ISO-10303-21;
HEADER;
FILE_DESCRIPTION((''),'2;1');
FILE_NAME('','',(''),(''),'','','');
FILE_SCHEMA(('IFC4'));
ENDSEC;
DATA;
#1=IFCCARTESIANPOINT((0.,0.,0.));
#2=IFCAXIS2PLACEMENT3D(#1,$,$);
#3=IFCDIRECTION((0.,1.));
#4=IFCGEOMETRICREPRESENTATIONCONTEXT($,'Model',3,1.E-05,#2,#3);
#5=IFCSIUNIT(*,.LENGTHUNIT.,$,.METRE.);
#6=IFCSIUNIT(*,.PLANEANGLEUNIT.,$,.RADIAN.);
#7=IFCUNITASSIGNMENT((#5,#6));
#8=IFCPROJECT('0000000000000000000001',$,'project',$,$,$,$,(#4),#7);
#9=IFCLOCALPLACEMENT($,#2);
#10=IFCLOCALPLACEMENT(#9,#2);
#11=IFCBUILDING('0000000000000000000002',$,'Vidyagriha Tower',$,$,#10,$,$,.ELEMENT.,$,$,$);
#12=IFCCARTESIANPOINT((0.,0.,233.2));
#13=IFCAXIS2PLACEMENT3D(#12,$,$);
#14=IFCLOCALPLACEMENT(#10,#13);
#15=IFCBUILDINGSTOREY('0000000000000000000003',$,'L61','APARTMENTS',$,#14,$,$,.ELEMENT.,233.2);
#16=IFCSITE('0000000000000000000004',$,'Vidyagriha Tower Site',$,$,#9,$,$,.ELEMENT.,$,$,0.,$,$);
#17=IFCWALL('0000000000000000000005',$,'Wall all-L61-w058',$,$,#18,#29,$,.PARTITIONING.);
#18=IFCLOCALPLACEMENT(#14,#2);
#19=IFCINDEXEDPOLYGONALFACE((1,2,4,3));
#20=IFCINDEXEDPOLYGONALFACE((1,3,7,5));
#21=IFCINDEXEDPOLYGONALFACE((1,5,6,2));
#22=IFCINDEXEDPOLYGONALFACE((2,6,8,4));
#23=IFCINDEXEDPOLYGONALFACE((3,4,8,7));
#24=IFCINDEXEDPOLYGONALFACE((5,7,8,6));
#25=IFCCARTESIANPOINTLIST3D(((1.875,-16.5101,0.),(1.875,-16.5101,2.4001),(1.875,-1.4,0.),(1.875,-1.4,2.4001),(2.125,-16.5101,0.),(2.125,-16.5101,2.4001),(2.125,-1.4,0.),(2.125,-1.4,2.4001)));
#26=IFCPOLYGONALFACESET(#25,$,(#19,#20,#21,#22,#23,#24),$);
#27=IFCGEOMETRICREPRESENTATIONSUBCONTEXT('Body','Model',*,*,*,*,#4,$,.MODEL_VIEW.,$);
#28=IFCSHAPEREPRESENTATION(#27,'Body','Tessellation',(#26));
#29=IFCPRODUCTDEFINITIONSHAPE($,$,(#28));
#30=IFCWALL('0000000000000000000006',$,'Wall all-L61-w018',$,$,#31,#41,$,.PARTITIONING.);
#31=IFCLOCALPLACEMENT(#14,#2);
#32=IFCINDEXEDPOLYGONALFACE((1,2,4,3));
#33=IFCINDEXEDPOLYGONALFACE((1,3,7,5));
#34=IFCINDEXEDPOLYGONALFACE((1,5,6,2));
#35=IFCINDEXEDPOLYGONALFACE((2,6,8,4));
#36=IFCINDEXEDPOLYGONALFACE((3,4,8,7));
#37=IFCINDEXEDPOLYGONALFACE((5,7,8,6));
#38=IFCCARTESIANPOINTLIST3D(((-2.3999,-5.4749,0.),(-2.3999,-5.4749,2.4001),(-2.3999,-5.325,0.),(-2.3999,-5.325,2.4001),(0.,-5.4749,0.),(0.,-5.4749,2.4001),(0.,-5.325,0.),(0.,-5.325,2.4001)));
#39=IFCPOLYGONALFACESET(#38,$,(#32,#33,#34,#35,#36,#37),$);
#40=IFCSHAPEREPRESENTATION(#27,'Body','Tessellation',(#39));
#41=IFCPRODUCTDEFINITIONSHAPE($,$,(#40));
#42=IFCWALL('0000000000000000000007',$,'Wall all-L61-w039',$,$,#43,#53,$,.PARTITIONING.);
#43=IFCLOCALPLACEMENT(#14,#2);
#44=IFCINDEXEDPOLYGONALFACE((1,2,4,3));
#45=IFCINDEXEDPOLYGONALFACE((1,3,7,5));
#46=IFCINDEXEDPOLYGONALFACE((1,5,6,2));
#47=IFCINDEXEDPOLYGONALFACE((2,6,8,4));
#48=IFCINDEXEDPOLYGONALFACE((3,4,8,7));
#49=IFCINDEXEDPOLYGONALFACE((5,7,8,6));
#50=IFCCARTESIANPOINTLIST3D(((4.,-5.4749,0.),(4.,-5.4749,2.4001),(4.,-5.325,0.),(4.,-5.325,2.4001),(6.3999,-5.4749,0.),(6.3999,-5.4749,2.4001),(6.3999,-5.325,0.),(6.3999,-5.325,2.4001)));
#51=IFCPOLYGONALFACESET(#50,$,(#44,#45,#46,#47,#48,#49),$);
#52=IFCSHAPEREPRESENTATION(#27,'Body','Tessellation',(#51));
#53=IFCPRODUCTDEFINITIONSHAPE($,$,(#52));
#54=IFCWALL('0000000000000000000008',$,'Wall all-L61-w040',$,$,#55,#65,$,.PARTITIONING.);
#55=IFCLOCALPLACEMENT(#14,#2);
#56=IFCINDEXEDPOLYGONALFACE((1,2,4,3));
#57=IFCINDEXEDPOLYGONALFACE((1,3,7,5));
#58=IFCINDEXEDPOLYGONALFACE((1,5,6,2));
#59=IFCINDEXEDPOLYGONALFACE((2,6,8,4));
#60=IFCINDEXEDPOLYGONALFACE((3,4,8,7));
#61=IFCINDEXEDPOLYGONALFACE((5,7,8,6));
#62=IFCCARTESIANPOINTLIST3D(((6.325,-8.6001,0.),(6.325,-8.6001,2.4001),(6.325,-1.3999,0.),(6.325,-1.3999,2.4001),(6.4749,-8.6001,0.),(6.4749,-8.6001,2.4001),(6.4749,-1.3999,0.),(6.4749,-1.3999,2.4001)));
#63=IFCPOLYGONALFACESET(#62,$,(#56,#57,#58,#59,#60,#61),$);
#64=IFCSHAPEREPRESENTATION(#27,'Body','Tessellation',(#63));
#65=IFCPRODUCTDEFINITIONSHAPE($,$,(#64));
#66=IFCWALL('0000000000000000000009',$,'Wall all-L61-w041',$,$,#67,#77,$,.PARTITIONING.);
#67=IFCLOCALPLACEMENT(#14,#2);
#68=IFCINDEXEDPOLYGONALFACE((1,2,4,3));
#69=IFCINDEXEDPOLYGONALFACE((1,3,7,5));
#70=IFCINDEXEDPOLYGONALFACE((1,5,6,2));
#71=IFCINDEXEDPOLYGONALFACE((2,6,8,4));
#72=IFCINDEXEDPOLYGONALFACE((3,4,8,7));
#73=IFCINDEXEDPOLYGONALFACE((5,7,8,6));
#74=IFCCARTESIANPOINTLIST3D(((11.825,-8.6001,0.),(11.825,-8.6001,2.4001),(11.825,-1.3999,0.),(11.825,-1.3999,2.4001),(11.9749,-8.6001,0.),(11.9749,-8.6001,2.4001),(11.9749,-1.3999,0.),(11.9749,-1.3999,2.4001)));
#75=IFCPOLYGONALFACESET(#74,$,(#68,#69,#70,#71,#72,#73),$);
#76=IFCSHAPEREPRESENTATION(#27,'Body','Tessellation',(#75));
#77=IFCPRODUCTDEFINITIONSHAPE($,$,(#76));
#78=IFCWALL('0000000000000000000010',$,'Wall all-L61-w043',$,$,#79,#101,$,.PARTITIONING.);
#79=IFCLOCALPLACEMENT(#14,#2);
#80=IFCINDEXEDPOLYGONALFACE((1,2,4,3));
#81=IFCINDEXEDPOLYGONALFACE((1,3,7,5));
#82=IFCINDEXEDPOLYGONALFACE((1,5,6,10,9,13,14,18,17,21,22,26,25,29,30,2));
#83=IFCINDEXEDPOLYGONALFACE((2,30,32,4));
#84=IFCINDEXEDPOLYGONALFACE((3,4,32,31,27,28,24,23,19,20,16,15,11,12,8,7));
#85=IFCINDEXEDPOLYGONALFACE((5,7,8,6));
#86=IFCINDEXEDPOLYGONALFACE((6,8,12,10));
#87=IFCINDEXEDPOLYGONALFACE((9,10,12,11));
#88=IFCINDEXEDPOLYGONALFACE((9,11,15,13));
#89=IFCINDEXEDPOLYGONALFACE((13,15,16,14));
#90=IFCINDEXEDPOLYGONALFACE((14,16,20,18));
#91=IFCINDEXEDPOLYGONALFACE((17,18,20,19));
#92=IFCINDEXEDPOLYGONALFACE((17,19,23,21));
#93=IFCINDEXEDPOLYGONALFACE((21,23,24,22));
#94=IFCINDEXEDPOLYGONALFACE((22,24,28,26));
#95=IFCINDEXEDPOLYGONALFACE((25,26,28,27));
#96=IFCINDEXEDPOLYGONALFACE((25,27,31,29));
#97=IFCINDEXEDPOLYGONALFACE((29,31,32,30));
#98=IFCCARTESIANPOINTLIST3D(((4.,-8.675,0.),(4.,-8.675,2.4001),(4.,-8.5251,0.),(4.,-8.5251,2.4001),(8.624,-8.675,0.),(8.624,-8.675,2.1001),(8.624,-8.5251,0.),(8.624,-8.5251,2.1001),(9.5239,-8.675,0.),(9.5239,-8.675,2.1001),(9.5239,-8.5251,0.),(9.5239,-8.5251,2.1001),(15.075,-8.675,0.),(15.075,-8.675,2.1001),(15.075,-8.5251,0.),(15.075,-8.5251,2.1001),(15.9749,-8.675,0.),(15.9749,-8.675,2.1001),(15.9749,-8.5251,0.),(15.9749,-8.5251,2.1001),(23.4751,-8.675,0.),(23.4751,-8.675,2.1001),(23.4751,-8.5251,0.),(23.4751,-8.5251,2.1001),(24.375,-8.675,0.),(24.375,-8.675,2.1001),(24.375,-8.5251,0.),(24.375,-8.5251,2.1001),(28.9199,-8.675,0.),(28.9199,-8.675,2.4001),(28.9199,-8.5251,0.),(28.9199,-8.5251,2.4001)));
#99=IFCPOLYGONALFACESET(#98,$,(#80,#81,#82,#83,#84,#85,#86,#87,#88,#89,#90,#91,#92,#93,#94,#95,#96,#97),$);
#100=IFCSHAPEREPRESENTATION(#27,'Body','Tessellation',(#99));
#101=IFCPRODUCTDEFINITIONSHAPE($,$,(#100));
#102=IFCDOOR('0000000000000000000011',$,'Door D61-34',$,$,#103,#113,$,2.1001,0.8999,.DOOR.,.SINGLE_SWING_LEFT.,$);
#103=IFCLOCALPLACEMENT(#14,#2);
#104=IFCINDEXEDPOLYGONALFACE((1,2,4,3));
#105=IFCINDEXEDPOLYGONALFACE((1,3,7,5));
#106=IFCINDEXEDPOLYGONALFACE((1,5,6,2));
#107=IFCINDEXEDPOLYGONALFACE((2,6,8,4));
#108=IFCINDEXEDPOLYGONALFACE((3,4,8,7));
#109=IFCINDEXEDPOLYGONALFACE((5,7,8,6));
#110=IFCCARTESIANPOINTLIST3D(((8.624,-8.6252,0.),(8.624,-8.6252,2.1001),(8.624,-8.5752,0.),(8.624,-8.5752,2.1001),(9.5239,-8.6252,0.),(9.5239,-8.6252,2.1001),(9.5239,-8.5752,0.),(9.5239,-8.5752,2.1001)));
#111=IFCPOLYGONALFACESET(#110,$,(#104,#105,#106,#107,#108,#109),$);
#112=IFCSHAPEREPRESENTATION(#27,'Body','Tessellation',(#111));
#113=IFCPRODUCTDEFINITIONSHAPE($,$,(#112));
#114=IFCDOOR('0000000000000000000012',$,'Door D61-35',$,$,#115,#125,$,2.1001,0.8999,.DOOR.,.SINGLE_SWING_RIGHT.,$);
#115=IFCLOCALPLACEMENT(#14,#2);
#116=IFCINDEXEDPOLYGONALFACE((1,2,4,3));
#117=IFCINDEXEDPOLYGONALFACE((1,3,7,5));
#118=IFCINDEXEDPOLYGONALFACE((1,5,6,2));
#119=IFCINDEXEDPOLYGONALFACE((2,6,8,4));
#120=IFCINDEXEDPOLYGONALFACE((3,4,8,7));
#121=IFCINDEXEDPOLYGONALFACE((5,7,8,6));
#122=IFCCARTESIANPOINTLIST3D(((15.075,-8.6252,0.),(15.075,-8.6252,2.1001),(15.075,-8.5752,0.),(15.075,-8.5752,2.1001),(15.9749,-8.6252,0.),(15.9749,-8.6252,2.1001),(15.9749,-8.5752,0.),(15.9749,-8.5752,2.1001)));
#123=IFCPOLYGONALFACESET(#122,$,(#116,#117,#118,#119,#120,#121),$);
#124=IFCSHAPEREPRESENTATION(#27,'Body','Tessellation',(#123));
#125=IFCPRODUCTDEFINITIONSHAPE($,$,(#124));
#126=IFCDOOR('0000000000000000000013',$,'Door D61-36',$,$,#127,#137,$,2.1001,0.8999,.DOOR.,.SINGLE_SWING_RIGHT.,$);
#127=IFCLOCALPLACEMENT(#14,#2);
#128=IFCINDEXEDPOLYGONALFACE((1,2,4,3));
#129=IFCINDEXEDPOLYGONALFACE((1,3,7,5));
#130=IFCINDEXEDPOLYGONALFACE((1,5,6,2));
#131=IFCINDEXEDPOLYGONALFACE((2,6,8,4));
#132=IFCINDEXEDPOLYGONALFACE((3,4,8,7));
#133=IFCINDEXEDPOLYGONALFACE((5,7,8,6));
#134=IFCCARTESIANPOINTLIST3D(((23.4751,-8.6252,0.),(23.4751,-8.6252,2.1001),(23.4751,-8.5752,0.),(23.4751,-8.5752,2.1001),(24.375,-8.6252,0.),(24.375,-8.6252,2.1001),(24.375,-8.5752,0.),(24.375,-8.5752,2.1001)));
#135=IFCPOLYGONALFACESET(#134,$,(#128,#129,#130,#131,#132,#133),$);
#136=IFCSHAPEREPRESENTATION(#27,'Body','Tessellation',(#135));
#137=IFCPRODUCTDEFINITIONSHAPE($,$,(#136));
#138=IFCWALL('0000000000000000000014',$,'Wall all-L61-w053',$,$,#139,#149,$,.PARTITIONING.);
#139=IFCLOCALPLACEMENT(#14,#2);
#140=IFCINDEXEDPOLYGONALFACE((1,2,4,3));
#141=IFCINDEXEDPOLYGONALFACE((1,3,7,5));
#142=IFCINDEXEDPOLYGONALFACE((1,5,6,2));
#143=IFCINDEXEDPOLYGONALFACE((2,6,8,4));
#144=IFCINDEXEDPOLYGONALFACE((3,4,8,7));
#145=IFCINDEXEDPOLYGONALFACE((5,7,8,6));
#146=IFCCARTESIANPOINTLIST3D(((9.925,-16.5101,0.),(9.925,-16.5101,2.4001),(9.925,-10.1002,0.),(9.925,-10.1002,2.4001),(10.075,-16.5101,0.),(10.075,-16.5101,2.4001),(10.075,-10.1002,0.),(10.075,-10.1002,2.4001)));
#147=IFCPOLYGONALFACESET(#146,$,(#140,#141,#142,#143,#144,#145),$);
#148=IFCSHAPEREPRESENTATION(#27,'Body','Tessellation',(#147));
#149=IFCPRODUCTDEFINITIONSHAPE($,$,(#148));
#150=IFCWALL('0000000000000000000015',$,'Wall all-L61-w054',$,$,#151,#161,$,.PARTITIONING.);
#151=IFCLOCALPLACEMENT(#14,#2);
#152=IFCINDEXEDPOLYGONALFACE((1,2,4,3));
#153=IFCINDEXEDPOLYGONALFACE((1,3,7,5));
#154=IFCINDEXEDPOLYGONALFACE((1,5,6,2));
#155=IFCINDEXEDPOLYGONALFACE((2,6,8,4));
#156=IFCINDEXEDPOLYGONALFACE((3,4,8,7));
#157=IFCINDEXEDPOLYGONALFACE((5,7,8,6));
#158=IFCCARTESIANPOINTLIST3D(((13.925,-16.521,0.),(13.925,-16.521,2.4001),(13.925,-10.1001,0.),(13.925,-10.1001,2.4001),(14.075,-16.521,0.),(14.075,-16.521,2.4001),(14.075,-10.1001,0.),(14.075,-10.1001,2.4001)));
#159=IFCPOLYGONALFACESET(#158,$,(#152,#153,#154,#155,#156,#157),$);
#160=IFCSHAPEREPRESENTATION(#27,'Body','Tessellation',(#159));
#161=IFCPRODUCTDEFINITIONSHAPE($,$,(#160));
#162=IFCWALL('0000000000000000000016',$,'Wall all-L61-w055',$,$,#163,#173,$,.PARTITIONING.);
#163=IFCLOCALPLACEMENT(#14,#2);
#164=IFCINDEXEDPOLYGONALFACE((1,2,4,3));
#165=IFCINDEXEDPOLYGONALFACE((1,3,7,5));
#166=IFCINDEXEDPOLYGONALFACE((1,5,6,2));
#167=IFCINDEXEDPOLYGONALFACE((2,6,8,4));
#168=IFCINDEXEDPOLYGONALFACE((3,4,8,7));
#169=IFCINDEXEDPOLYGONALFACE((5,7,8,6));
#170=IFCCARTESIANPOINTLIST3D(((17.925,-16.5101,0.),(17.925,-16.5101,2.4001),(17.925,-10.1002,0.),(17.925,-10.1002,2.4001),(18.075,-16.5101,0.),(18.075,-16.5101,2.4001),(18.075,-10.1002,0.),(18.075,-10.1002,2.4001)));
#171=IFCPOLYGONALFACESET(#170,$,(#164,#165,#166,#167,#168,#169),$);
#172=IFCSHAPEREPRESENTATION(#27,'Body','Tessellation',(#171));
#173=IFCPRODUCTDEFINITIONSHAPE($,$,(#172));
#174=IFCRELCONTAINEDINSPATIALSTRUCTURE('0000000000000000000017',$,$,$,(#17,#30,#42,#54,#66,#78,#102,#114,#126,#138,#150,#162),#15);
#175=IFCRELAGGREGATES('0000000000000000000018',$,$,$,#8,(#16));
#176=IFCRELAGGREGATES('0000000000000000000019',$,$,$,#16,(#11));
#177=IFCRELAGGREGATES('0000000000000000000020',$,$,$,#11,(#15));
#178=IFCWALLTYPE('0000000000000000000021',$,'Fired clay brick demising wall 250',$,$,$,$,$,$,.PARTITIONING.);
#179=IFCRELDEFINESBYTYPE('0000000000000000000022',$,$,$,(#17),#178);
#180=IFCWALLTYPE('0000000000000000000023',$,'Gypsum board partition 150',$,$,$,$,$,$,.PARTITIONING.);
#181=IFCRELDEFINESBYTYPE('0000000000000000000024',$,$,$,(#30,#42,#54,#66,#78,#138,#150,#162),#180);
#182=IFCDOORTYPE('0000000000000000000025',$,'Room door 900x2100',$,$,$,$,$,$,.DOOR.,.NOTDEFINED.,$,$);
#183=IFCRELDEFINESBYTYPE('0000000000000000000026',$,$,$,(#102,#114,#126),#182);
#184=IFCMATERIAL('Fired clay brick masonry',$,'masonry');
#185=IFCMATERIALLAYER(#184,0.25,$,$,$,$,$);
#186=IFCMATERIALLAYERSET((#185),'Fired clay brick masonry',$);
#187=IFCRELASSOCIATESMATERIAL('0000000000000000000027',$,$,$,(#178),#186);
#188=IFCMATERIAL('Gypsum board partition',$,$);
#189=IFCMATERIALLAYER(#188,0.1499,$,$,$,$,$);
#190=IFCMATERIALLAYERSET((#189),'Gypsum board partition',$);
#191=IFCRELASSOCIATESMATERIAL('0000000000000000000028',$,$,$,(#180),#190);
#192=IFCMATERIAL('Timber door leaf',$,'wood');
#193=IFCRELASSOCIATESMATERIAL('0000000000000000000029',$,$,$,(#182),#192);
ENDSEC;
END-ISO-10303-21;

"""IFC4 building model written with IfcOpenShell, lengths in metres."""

from ifc_helpers import new_model, si_unit, direction, frame, frame_2d, origin, place, context, subcontext, project, spatial, rectangle, extrude, material, layer, layer_set, type_object, element, fill, save


model = new_model("IFC4")

# Units and contexts
model_context = context("Model", 3, precision=1e-05, world=origin(), true_north=direction((0.0, 1.0)))
body_context = subcontext(model_context, "Body", "Model", "MODEL_VIEW")
ifc_project = project(units=[si_unit("LENGTHUNIT", "METRE"), si_unit("PLANEANGLEUNIT", "RADIAN")], contexts=[model_context])

# Site, building, storey
site_placement = place(None, origin())
site = spatial("IfcSite", under=ifc_project, at=site_placement, Name="Vidyagriha Tower Site", CompositionType="ELEMENT", RefElevation=0.0)
building_placement = place(site_placement, origin())
building = spatial("IfcBuilding", under=site, at=building_placement, Name="Vidyagriha Tower", CompositionType="ELEMENT")
storey_placement = place(building_placement, frame((0.0, 0.0, 233.2)))
storey = spatial("IfcBuildingStorey", under=building, at=storey_placement, Name="L61", Description="APARTMENTS", CompositionType="ELEMENT", Elevation=233.2)

# Walls
ifc_material_1 = material(Name="Fired clay brick masonry", Category="masonry")
ifc_layer_1 = layer(ifc_material_1, 0.25)
ifc_layer_set_1 = layer_set([ifc_layer_1], Name="Fired clay brick masonry")
wall_type_1 = type_object("IfcWallType", Name="Fired clay brick demising wall 250", PredefinedType="PARTITIONING", material=ifc_layer_set_1)
wall_1_placement = place(storey_placement, frame((2.0, -1.3999, 0.0), z_axis=(0.0, 0.0, 1.0), x_axis=(0.0, -1.0, 0.0)))
element("IfcWall", 1, at=wall_1_placement, inside=storey, type_object=wall_type_1, Name="Wall all-L61-w058", PredefinedType="PARTITIONING", context=body_context, shape_type="SweptSolid", body=[
    extrude(rectangle(XDim=15.1101, YDim=0.25, at=frame_2d((7.5552, 0.0))), origin(), (0.0, 0.0, 1.0), 2.4001),
])
ifc_material_2 = material(Name="Gypsum board partition")
ifc_layer_2 = layer(ifc_material_2, 0.1499)
ifc_layer_set_2 = layer_set([ifc_layer_2], Name="Gypsum board partition")
wall_type_2 = type_object("IfcWallType", Name="Gypsum board partition 150", PredefinedType="PARTITIONING", material=ifc_layer_set_2)
for number, where, z_axis, x_axis, name in (
    (2, (0.0, -5.3999, 0.0), (0.0, 0.0, 1.0), (-1.0, 0.0, 0.0), "Wall all-L61-w018"),
    (3, (6.3999, -5.3999, 0.0), (0.0, 0.0, 1.0), (-1.0, 0.0, 0.0), "Wall all-L61-w039"),
):
    element("IfcWall", number, at=place(storey_placement, frame(where, z_axis=z_axis, x_axis=x_axis)), inside=storey, type_object=wall_type_2, Name=name, PredefinedType="PARTITIONING", context=body_context, shape_type="SweptSolid", body=[
        extrude(rectangle(XDim=2.3999, YDim=0.1499, at=frame_2d((1.2, 0.0))), origin(), (0.0, 0.0, 1.0), 2.4001),
    ])
for number, where, z_axis, x_axis, name in (
    (4, (6.3999, -1.3999, 0.0), (0.0, 0.0, 1.0), (0.0, -1.0, 0.0), "Wall all-L61-w040"),
    (5, (11.8999, -1.3999, 0.0), (0.0, 0.0, 1.0), (0.0, -1.0, 0.0), "Wall all-L61-w041"),
):
    element("IfcWall", number, at=place(storey_placement, frame(where, z_axis=z_axis, x_axis=x_axis)), inside=storey, type_object=wall_type_2, Name=name, PredefinedType="PARTITIONING", context=body_context, shape_type="SweptSolid", body=[
        extrude(rectangle(XDim=7.2002, YDim=0.1499, at=frame_2d((3.6001, 0.0))), origin(), (0.0, 0.0, 1.0), 2.4001),
    ])

# Wall, openings, doors
wall_2_placement = place(storey_placement, frame((4.0, -8.6001, 0.0)))
wall_2 = element("IfcWall", 6, at=wall_2_placement, inside=storey, type_object=wall_type_2, Name="Wall all-L61-w043", PredefinedType="PARTITIONING", context=body_context, shape_type="SweptSolid", body=[
    extrude(rectangle(XDim=24.9199, YDim=0.1499, at=frame_2d((12.46, 0.0))), origin(), (0.0, 0.0, 1.0), 2.4001),
])
opening_1_placement = place(wall_2_placement, frame((4.624, 0.0, 0.0)))
opening_1 = element("IfcOpeningElement", 7, at=opening_1_placement, cuts=wall_2, PredefinedType="OPENING", context=body_context, shape_type="SweptSolid", body=[
    extrude(rectangle(XDim=0.8999, YDim=2.1001, at=frame_2d((0.45, 1.05))), frame((0.0, 0.085, 0.0), z_axis=(0.0, -1.0, 0.0), x_axis=(1.0, 0.0, 0.0)), (0.0, 0.0, 1.0), 0.1699),
])
opening_2_placement = place(wall_2_placement, frame((11.075, 0.0, 0.0)))
opening_2 = element("IfcOpeningElement", 8, at=opening_2_placement, cuts=wall_2, PredefinedType="OPENING", context=body_context, shape_type="SweptSolid", body=[
    extrude(rectangle(XDim=0.8999, YDim=2.1001, at=frame_2d((0.45, 1.05))), frame((0.0, 0.085, 0.0), z_axis=(0.0, -1.0, 0.0), x_axis=(1.0, 0.0, 0.0)), (0.0, 0.0, 1.0), 0.1699),
])
opening_3_placement = place(wall_2_placement, frame((19.4751, 0.0, 0.0)))
opening_3 = element("IfcOpeningElement", 9, at=opening_3_placement, cuts=wall_2, PredefinedType="OPENING", context=body_context, shape_type="SweptSolid", body=[
    extrude(rectangle(XDim=0.8999, YDim=2.1001, at=frame_2d((0.45, 1.05))), frame((0.0, 0.085, 0.0), z_axis=(0.0, -1.0, 0.0), x_axis=(1.0, 0.0, 0.0)), (0.0, 0.0, 1.0), 0.1699),
])
ifc_material_3 = material(Name="Timber door leaf", Category="wood")
door_type_1 = type_object("IfcDoorType", Name="Room door 900x2100", OperationType="NOTDEFINED", PredefinedType="DOOR", material=ifc_material_3)
door_1_placement = place(opening_1_placement, origin())
door_1 = element("IfcDoor", 10, at=door_1_placement, inside=storey, type_object=door_type_1, Name="Door D61-34", OperationType="SINGLE_SWING_LEFT", OverallHeight=2.1001, OverallWidth=0.8999, PredefinedType="DOOR", context=body_context, shape_type="SweptSolid", body=[
    extrude(rectangle(XDim=0.8999, YDim=2.1001, at=frame_2d((0.45, 1.05))), frame((0.0, 0.0249, 0.0), z_axis=(0.0, -1.0, 0.0), x_axis=(1.0, 0.0, 0.0)), (0.0, 0.0, 1.0), 0.05),
])
fill(opening_1, door_1)
door_2_placement = place(opening_2_placement, origin())
door_2 = element("IfcDoor", 11, at=door_2_placement, inside=storey, type_object=door_type_1, Name="Door D61-35", OperationType="SINGLE_SWING_RIGHT", OverallHeight=2.1001, OverallWidth=0.8999, PredefinedType="DOOR", context=body_context, shape_type="SweptSolid", body=[
    extrude(rectangle(XDim=0.8999, YDim=2.1001, at=frame_2d((0.45, 1.05))), frame((0.0, 0.0249, 0.0), z_axis=(0.0, -1.0, 0.0), x_axis=(1.0, 0.0, 0.0)), (0.0, 0.0, 1.0), 0.05),
])
fill(opening_2, door_2)
door_3_placement = place(opening_3_placement, origin())
door_3 = element("IfcDoor", 12, at=door_3_placement, inside=storey, type_object=door_type_1, Name="Door D61-36", OperationType="SINGLE_SWING_RIGHT", OverallHeight=2.1001, OverallWidth=0.8999, PredefinedType="DOOR", context=body_context, shape_type="SweptSolid", body=[
    extrude(rectangle(XDim=0.8999, YDim=2.1001, at=frame_2d((0.45, 1.05))), frame((0.0, 0.0249, 0.0), z_axis=(0.0, -1.0, 0.0), x_axis=(1.0, 0.0, 0.0)), (0.0, 0.0, 1.0), 0.05),
])
fill(opening_3, door_3)

# Walls
wall_3_placement = place(storey_placement, frame((10.0, -10.1001, 0.0), z_axis=(0.0, 0.0, 1.0), x_axis=(0.0, -1.0, 0.0)))
element("IfcWall", 13, at=wall_3_placement, inside=storey, type_object=wall_type_2, Name="Wall all-L61-w053", PredefinedType="PARTITIONING", context=body_context, shape_type="SweptSolid", body=[
    extrude(rectangle(XDim=6.4099, YDim=0.1499, at=frame_2d((3.2051, 0.0))), origin(), (0.0, 0.0, 1.0), 2.4001),
])
wall_4_placement = place(storey_placement, frame((14.0, -10.1001, 0.0), z_axis=(0.0, 0.0, 1.0), x_axis=(0.0, -1.0, 0.0)))
element("IfcWall", 14, at=wall_4_placement, inside=storey, type_object=wall_type_2, Name="Wall all-L61-w054", PredefinedType="PARTITIONING", context=body_context, shape_type="SweptSolid", body=[
    extrude(rectangle(XDim=6.4209, YDim=0.1499, at=frame_2d((3.2104, 0.0))), origin(), (0.0, 0.0, 1.0), 2.4001),
])
wall_5_placement = place(storey_placement, frame((18.0, -10.1001, 0.0), z_axis=(0.0, 0.0, 1.0), x_axis=(0.0, -1.0, 0.0)))
element("IfcWall", 15, at=wall_5_placement, inside=storey, type_object=wall_type_2, Name="Wall all-L61-w055", PredefinedType="PARTITIONING", context=body_context, shape_type="SweptSolid", body=[
    extrude(rectangle(XDim=6.4099, YDim=0.1499, at=frame_2d((3.2051, 0.0))), origin(), (0.0, 0.0, 1.0), 2.4001),
])

save(model, "model.ifc")
